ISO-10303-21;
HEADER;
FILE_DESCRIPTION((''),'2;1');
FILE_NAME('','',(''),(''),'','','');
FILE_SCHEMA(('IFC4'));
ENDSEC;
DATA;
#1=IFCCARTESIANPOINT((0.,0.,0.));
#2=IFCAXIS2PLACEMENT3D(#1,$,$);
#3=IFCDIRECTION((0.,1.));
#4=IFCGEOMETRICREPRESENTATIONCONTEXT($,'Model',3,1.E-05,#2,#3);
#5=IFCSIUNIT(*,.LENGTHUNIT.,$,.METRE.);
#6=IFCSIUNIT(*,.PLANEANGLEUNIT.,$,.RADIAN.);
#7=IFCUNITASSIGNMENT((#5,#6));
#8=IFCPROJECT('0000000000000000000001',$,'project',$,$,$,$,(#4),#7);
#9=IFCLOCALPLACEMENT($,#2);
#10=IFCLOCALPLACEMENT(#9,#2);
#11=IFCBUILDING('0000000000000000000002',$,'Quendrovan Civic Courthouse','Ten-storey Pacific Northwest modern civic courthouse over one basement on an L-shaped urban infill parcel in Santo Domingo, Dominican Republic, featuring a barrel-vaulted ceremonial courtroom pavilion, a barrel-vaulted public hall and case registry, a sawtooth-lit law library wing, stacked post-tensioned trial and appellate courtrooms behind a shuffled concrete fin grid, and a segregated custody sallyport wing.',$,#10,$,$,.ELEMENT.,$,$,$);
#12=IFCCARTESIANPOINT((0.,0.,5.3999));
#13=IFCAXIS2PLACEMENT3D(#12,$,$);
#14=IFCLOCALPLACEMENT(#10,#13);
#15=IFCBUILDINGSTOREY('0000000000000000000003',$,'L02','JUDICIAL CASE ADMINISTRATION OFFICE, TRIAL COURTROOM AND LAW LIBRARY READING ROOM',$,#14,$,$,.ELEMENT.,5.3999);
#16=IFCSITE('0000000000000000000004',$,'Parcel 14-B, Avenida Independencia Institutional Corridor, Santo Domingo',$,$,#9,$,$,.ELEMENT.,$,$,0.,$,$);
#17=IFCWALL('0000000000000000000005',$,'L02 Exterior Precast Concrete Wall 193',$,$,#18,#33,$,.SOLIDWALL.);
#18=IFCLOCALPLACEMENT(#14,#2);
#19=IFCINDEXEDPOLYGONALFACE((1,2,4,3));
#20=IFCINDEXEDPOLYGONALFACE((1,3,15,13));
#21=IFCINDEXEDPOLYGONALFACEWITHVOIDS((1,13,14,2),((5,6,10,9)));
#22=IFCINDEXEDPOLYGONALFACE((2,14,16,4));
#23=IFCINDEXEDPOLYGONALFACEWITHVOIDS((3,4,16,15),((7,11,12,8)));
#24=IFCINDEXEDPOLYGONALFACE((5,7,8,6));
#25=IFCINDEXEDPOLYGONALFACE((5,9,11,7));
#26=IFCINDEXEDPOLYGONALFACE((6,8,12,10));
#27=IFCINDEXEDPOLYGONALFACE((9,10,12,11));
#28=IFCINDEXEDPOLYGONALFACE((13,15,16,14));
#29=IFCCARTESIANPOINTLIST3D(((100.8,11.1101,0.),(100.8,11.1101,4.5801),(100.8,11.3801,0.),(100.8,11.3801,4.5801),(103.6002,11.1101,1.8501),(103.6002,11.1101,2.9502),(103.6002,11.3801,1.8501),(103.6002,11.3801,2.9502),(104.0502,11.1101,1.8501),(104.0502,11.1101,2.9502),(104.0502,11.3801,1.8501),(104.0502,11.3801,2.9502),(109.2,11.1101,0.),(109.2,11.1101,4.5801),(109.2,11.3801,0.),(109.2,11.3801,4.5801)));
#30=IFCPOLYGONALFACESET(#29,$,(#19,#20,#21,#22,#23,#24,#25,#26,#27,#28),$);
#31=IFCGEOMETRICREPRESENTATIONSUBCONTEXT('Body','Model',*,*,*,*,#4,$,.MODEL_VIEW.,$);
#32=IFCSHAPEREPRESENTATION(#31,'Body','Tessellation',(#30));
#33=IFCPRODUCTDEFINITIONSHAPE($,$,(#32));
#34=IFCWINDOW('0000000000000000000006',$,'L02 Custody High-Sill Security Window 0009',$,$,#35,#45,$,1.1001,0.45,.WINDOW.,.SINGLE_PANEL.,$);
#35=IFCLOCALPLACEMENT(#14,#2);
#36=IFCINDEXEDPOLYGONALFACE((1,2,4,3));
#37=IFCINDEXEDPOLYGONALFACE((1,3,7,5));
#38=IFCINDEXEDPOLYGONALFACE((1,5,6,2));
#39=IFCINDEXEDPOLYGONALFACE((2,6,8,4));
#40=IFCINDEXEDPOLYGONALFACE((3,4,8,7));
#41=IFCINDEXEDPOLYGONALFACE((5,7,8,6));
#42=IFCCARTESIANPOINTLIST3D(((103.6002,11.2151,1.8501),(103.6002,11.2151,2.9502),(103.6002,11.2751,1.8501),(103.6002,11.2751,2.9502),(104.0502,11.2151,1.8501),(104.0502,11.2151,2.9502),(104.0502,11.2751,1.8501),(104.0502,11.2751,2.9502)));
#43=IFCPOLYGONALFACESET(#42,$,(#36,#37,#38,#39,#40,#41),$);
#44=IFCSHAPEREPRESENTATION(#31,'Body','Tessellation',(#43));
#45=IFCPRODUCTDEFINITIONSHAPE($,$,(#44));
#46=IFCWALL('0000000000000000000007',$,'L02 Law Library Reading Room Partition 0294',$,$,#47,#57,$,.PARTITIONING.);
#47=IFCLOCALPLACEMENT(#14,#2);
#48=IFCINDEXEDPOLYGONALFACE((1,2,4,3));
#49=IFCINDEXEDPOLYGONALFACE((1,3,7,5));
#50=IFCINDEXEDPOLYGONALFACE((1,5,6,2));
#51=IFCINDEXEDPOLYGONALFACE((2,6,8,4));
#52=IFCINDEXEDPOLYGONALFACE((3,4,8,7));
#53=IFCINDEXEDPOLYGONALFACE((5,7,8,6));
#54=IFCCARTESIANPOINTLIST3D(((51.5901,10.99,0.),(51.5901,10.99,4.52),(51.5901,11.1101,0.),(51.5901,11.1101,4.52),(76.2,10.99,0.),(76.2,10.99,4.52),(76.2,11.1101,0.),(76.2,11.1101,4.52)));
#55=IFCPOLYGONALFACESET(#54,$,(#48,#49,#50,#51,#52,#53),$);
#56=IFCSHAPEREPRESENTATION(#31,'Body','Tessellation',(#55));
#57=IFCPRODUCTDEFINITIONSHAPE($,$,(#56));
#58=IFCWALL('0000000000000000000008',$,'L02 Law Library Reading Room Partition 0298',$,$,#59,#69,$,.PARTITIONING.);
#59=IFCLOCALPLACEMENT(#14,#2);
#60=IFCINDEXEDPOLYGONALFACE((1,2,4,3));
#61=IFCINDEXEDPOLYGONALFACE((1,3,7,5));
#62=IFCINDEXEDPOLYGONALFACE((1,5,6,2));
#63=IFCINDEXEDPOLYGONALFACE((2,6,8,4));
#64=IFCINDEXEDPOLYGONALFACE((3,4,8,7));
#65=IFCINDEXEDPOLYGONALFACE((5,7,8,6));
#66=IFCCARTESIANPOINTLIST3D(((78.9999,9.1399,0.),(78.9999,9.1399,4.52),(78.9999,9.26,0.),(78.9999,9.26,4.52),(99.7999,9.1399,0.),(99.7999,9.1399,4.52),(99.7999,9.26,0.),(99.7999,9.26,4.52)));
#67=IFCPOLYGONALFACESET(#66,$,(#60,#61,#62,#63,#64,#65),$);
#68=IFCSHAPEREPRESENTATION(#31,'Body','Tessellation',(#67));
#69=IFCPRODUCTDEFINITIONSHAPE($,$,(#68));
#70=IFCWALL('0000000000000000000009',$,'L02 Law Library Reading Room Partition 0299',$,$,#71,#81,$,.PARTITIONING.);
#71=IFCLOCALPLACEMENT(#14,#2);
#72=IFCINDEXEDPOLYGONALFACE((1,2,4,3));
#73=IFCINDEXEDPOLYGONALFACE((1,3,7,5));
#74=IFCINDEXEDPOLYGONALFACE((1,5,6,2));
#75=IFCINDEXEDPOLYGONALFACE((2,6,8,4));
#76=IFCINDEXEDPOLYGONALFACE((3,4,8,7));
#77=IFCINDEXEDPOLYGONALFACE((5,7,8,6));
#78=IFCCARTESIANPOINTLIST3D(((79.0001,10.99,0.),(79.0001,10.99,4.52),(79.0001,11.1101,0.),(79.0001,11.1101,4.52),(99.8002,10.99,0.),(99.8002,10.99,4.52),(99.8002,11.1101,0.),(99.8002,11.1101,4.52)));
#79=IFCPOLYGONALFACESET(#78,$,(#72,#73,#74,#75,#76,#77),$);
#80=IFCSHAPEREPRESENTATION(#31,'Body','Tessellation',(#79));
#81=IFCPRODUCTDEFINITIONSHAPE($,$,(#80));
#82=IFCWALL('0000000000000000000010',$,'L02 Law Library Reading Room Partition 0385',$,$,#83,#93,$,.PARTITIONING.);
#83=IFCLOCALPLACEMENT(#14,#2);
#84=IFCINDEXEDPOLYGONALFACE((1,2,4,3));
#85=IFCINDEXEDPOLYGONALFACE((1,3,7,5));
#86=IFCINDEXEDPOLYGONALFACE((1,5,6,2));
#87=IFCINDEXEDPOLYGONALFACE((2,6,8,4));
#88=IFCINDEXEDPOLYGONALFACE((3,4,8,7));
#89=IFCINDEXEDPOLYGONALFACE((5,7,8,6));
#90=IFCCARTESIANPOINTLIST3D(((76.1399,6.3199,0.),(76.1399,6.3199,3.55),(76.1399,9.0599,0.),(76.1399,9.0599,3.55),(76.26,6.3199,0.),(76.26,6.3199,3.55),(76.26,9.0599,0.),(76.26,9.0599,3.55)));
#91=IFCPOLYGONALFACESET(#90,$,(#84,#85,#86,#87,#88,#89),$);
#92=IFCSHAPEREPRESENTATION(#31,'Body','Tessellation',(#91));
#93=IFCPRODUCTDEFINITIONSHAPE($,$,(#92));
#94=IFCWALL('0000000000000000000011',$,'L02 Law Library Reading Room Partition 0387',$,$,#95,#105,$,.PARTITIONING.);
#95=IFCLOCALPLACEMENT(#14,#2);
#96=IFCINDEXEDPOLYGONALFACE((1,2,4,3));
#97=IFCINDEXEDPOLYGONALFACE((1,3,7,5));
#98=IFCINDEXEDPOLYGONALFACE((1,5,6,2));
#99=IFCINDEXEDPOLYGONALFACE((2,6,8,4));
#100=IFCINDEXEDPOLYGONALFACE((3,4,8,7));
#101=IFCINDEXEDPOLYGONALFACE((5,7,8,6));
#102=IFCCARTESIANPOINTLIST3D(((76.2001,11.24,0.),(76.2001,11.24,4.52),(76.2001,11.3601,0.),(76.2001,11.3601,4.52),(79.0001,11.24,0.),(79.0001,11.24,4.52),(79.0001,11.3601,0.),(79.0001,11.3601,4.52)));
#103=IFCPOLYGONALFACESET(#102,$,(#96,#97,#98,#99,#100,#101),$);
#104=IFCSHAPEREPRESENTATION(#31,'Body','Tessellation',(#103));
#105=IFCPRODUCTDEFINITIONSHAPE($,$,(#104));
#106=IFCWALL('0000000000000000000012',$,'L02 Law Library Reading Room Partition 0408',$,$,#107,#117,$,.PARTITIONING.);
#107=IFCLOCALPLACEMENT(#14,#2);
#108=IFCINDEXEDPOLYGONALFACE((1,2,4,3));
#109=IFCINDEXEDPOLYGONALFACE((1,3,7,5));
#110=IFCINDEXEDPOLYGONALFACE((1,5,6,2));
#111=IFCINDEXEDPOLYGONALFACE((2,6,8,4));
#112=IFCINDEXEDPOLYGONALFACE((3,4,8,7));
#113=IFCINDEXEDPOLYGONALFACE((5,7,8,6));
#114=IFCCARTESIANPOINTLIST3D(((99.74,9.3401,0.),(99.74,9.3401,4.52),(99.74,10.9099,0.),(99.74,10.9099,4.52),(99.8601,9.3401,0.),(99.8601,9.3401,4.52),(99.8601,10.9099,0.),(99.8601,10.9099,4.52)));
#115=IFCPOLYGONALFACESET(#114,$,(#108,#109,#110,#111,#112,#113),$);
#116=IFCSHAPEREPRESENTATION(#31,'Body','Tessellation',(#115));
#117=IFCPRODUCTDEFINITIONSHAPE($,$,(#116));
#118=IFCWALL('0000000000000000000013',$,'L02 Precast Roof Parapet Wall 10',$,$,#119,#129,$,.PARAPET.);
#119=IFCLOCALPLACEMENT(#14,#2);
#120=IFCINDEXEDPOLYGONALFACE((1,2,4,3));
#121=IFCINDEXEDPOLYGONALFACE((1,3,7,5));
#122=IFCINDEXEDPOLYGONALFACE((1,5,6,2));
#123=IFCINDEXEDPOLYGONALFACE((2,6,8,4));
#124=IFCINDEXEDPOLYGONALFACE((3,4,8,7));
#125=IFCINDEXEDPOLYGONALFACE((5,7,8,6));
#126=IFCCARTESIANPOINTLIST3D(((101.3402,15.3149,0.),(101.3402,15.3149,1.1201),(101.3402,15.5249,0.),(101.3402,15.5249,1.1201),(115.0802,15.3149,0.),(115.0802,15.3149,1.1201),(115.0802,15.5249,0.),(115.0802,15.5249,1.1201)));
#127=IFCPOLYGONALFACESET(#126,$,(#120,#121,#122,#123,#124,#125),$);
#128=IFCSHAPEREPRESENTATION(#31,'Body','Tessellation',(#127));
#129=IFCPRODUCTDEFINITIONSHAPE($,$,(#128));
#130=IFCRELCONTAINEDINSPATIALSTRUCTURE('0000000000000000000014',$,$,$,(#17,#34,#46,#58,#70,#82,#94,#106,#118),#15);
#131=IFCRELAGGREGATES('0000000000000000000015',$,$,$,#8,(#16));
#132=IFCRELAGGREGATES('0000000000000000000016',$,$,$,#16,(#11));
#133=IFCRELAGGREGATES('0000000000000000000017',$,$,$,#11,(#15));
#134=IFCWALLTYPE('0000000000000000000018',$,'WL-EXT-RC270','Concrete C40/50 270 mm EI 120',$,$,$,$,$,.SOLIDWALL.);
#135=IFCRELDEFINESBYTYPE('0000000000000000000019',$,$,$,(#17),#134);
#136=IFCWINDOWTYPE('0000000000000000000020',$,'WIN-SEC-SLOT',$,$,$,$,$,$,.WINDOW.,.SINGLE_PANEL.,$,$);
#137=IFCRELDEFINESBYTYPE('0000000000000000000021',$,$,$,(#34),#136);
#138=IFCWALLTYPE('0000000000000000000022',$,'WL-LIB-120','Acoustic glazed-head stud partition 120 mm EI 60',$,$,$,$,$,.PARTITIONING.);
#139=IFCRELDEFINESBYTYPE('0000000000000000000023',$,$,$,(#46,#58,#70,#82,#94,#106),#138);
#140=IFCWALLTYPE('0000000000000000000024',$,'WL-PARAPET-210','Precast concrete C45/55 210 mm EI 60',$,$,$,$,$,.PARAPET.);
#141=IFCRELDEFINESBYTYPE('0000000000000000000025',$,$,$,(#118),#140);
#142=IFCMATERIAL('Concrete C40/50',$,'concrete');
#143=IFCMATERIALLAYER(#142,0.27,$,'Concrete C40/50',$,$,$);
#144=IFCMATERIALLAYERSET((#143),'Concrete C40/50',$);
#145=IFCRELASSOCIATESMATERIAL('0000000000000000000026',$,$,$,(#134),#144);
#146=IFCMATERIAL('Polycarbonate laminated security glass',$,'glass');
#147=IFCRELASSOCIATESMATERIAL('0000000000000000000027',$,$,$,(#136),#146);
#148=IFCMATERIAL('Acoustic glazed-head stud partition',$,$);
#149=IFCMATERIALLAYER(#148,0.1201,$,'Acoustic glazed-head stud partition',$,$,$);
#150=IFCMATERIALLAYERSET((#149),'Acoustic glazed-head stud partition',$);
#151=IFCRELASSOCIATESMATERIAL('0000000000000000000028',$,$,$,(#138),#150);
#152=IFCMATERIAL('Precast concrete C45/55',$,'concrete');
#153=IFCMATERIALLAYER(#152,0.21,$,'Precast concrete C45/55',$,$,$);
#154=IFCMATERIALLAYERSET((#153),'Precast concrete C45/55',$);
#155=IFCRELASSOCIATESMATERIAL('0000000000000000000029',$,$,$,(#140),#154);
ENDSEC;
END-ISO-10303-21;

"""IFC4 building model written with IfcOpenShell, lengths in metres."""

from ifc_helpers import new_model, si_unit, direction, frame, frame_2d, origin, place, context, subcontext, project, spatial, rectangle, extrude, material, layer, layer_set, type_object, element, fill, save


model = new_model("IFC4")

# Units and contexts
model_context = context("Model", 3, precision=1e-05, world=origin(), true_north=direction((0.0, 1.0)))
body_context = subcontext(model_context, "Body", "Model", "MODEL_VIEW")
ifc_project = project(units=[si_unit("LENGTHUNIT", "METRE"), si_unit("PLANEANGLEUNIT", "RADIAN")], contexts=[model_context])

# Site, building, storey
site_placement = place(None, origin())
site = spatial("IfcSite", under=ifc_project, at=site_placement, Name="Parcel 14-B, Avenida Independencia Institutional Corridor, Santo Domingo", CompositionType="ELEMENT", RefElevation=0.0)
building_placement = place(site_placement, origin())
building = spatial("IfcBuilding", under=site, at=building_placement, Name="Quendrovan Civic Courthouse", Description="Ten-storey Pacific Northwest modern civic courthouse over one basement on an L-shaped urban infill parcel in Santo Domingo, Dominican Republic, featuring a barrel-vaulted ceremonial courtroom pavilion, a barrel-vaulted public hall and case registry, a sawtooth-lit law library wing, stacked post-tensioned trial and appellate courtrooms behind a shuffled concrete fin grid, and a segregated custody sallyport wing.", CompositionType="ELEMENT")
storey_placement = place(building_placement, frame((0.0, 0.0, 5.3999)))
storey = spatial("IfcBuildingStorey", under=building, at=storey_placement, Name="L02", Description="JUDICIAL CASE ADMINISTRATION OFFICE, TRIAL COURTROOM AND LAW LIBRARY READING ROOM", CompositionType="ELEMENT", Elevation=5.3999)

# Shared definitions
ifc_material_1 = material(Name="Concrete C40/50", Category="concrete")

# Shared definitions
ifc_layer_1 = layer(ifc_material_1, 0.27, Name="Concrete C40/50")
ifc_layer_set_1 = layer_set([ifc_layer_1], Name="Concrete C40/50")
wall_type_1 = type_object("IfcWallType", Name="WL-EXT-RC270", Description="Concrete C40/50 270 mm EI 120", PredefinedType="SOLIDWALL", material=ifc_layer_set_1)

# Wall, opening, window
wall_1_placement = place(storey_placement, frame((100.8, 11.2451, 0.0), z_axis=(0.0, 0.0, 1.0), x_axis=(1.0, 0.0, 0.0)))
wall_1 = element("IfcWall", 1, at=wall_1_placement, inside=storey, type_object=wall_type_1, Name="L02 Exterior Precast Concrete Wall 193", PredefinedType="SOLIDWALL", context=body_context, shape_type="SweptSolid", body=[
    extrude(rectangle(XDim=8.3999, YDim=0.27, at=frame_2d((4.2, 0.0))), origin(), (0.0, 0.0, 1.0), 4.5801),
])
opening_placement = place(wall_1_placement, frame((2.8, 0.0, 1.8501)))
opening = element("IfcOpeningElement", 2, at=opening_placement, cuts=wall_1, PredefinedType="OPENING", context=body_context, shape_type="SweptSolid", body=[
    extrude(rectangle(XDim=0.45, YDim=1.1001, at=frame_2d((0.2251, 0.55))), frame((0.0, 0.145, 0.0), z_axis=(0.0, -1.0, 0.0), x_axis=(1.0, 0.0, 0.0)), (0.0, 0.0, 1.0), 0.29),
])
ifc_material_2 = material(Name="Polycarbonate laminated security glass", Category="glass")
window_type = type_object("IfcWindowType", Name="WIN-SEC-SLOT", PartitioningType="SINGLE_PANEL", PredefinedType="WINDOW", material=ifc_material_2)
window_placement = place(opening_placement, origin())
window = element("IfcWindow", 3, at=window_placement, inside=storey, type_object=window_type, Name="L02 Custody High-Sill Security Window 0009", OverallHeight=1.1001, OverallWidth=0.45, PartitioningType="SINGLE_PANEL", PredefinedType="WINDOW", context=body_context, shape_type="SweptSolid", body=[
    extrude(rectangle(XDim=0.45, YDim=1.1001, at=frame_2d((0.2251, 0.55))), frame((0.0, 0.03, 0.0), z_axis=(0.0, -1.0, 0.0), x_axis=(1.0, 0.0, 0.0)), (0.0, 0.0, 1.0), 0.0601),
])
fill(opening, window)

# Walls
ifc_material_3 = material(Name="Acoustic glazed-head stud partition")
ifc_layer_2 = layer(ifc_material_3, 0.1201, Name="Acoustic glazed-head stud partition")
ifc_layer_set_2 = layer_set([ifc_layer_2], Name="Acoustic glazed-head stud partition")
wall_type_2 = type_object("IfcWallType", Name="WL-LIB-120", Description="Acoustic glazed-head stud partition 120 mm EI 60", PredefinedType="PARTITIONING", material=ifc_layer_set_2)
wall_2_placement = place(storey_placement, frame((76.2, 11.05, 0.0), z_axis=(0.0, 0.0, 1.0), x_axis=(-1.0, 0.0, 0.0)))
element("IfcWall", 4, at=wall_2_placement, inside=storey, type_object=wall_type_2, Name="L02 Law Library Reading Room Partition 0294", PredefinedType="PARTITIONING", context=body_context, shape_type="SweptSolid", body=[
    extrude(rectangle(XDim=24.6099, YDim=0.1201, at=frame_2d((12.3049, 0.0))), origin(), (0.0, 0.0, 1.0), 4.52),
])
for number, where, z_axis, x_axis, name in (
    (5, (79.0, 9.2, 0.0), (0.0, 0.0, 1.0), (1.0, 0.0, 0.0), "L02 Law Library Reading Room Partition 0298"),
    (6, (99.8, 11.05, 0.0), (0.0, 0.0, 1.0), (-1.0, 0.0, 0.0), "L02 Law Library Reading Room Partition 0299"),
):
    element("IfcWall", number, at=place(storey_placement, frame(where, z_axis=z_axis, x_axis=x_axis)), inside=storey, type_object=wall_type_2, Name=name, PredefinedType="PARTITIONING", context=body_context, shape_type="SweptSolid", body=[
        extrude(rectangle(XDim=20.8, YDim=0.1201, at=frame_2d((10.3999, 0.0))), origin(), (0.0, 0.0, 1.0), 4.52),
    ])
wall_3_placement = place(storey_placement, frame((76.2, 9.0601, 0.0), z_axis=(0.0, 0.0, 1.0), x_axis=(0.0, -1.0, 0.0)))
element("IfcWall", 7, at=wall_3_placement, inside=storey, type_object=wall_type_2, Name="L02 Law Library Reading Room Partition 0385", PredefinedType="PARTITIONING", context=body_context, shape_type="SweptSolid", body=[
    extrude(rectangle(XDim=2.74, YDim=0.1201, at=frame_2d((1.3701, 0.0))), origin(), (0.0, 0.0, 1.0), 3.55),
])
wall_4_placement = place(storey_placement, frame((79.0, 11.3, 0.0), z_axis=(0.0, 0.0, 1.0), x_axis=(-1.0, 0.0, 0.0)))
element("IfcWall", 8, at=wall_4_placement, inside=storey, type_object=wall_type_2, Name="L02 Law Library Reading Room Partition 0387", PredefinedType="PARTITIONING", context=body_context, shape_type="SweptSolid", body=[
    extrude(rectangle(XDim=2.8, YDim=0.1201, at=frame_2d((1.3999, 0.0))), origin(), (0.0, 0.0, 1.0), 4.52),
])
wall_5_placement = place(storey_placement, frame((99.8, 9.3401, 0.0), z_axis=(0.0, 0.0, 1.0), x_axis=(0.0, 1.0, 0.0)))
element("IfcWall", 9, at=wall_5_placement, inside=storey, type_object=wall_type_2, Name="L02 Law Library Reading Room Partition 0408", PredefinedType="PARTITIONING", context=body_context, shape_type="SweptSolid", body=[
    extrude(rectangle(XDim=1.5698, YDim=0.1201, at=frame_2d((0.7849, 0.0))), origin(), (0.0, 0.0, 1.0), 4.52),
])
ifc_material_4 = material(Name="Precast concrete C45/55", Category="concrete")
ifc_layer_3 = layer(ifc_material_4, 0.21, Name="Precast concrete C45/55")
ifc_layer_set_3 = layer_set([ifc_layer_3], Name="Precast concrete C45/55")
wall_type_3 = type_object("IfcWallType", Name="WL-PARAPET-210", Description="Precast concrete C45/55 210 mm EI 60", PredefinedType="PARAPET", material=ifc_layer_set_3)
wall_6_placement = place(storey_placement, frame((101.3401, 15.4199, 0.0), z_axis=(0.0, 0.0, 1.0), x_axis=(1.0, 0.0, 0.0)))
element("IfcWall", 10, at=wall_6_placement, inside=storey, type_object=wall_type_3, Name="L02 Precast Roof Parapet Wall 10", PredefinedType="PARAPET", context=body_context, shape_type="SweptSolid", body=[
    extrude(rectangle(XDim=13.74, YDim=0.21, at=frame_2d((6.8701, 0.0))), origin(), (0.0, 0.0, 1.0), 1.1201),
])

save(model, "model.ifc")
